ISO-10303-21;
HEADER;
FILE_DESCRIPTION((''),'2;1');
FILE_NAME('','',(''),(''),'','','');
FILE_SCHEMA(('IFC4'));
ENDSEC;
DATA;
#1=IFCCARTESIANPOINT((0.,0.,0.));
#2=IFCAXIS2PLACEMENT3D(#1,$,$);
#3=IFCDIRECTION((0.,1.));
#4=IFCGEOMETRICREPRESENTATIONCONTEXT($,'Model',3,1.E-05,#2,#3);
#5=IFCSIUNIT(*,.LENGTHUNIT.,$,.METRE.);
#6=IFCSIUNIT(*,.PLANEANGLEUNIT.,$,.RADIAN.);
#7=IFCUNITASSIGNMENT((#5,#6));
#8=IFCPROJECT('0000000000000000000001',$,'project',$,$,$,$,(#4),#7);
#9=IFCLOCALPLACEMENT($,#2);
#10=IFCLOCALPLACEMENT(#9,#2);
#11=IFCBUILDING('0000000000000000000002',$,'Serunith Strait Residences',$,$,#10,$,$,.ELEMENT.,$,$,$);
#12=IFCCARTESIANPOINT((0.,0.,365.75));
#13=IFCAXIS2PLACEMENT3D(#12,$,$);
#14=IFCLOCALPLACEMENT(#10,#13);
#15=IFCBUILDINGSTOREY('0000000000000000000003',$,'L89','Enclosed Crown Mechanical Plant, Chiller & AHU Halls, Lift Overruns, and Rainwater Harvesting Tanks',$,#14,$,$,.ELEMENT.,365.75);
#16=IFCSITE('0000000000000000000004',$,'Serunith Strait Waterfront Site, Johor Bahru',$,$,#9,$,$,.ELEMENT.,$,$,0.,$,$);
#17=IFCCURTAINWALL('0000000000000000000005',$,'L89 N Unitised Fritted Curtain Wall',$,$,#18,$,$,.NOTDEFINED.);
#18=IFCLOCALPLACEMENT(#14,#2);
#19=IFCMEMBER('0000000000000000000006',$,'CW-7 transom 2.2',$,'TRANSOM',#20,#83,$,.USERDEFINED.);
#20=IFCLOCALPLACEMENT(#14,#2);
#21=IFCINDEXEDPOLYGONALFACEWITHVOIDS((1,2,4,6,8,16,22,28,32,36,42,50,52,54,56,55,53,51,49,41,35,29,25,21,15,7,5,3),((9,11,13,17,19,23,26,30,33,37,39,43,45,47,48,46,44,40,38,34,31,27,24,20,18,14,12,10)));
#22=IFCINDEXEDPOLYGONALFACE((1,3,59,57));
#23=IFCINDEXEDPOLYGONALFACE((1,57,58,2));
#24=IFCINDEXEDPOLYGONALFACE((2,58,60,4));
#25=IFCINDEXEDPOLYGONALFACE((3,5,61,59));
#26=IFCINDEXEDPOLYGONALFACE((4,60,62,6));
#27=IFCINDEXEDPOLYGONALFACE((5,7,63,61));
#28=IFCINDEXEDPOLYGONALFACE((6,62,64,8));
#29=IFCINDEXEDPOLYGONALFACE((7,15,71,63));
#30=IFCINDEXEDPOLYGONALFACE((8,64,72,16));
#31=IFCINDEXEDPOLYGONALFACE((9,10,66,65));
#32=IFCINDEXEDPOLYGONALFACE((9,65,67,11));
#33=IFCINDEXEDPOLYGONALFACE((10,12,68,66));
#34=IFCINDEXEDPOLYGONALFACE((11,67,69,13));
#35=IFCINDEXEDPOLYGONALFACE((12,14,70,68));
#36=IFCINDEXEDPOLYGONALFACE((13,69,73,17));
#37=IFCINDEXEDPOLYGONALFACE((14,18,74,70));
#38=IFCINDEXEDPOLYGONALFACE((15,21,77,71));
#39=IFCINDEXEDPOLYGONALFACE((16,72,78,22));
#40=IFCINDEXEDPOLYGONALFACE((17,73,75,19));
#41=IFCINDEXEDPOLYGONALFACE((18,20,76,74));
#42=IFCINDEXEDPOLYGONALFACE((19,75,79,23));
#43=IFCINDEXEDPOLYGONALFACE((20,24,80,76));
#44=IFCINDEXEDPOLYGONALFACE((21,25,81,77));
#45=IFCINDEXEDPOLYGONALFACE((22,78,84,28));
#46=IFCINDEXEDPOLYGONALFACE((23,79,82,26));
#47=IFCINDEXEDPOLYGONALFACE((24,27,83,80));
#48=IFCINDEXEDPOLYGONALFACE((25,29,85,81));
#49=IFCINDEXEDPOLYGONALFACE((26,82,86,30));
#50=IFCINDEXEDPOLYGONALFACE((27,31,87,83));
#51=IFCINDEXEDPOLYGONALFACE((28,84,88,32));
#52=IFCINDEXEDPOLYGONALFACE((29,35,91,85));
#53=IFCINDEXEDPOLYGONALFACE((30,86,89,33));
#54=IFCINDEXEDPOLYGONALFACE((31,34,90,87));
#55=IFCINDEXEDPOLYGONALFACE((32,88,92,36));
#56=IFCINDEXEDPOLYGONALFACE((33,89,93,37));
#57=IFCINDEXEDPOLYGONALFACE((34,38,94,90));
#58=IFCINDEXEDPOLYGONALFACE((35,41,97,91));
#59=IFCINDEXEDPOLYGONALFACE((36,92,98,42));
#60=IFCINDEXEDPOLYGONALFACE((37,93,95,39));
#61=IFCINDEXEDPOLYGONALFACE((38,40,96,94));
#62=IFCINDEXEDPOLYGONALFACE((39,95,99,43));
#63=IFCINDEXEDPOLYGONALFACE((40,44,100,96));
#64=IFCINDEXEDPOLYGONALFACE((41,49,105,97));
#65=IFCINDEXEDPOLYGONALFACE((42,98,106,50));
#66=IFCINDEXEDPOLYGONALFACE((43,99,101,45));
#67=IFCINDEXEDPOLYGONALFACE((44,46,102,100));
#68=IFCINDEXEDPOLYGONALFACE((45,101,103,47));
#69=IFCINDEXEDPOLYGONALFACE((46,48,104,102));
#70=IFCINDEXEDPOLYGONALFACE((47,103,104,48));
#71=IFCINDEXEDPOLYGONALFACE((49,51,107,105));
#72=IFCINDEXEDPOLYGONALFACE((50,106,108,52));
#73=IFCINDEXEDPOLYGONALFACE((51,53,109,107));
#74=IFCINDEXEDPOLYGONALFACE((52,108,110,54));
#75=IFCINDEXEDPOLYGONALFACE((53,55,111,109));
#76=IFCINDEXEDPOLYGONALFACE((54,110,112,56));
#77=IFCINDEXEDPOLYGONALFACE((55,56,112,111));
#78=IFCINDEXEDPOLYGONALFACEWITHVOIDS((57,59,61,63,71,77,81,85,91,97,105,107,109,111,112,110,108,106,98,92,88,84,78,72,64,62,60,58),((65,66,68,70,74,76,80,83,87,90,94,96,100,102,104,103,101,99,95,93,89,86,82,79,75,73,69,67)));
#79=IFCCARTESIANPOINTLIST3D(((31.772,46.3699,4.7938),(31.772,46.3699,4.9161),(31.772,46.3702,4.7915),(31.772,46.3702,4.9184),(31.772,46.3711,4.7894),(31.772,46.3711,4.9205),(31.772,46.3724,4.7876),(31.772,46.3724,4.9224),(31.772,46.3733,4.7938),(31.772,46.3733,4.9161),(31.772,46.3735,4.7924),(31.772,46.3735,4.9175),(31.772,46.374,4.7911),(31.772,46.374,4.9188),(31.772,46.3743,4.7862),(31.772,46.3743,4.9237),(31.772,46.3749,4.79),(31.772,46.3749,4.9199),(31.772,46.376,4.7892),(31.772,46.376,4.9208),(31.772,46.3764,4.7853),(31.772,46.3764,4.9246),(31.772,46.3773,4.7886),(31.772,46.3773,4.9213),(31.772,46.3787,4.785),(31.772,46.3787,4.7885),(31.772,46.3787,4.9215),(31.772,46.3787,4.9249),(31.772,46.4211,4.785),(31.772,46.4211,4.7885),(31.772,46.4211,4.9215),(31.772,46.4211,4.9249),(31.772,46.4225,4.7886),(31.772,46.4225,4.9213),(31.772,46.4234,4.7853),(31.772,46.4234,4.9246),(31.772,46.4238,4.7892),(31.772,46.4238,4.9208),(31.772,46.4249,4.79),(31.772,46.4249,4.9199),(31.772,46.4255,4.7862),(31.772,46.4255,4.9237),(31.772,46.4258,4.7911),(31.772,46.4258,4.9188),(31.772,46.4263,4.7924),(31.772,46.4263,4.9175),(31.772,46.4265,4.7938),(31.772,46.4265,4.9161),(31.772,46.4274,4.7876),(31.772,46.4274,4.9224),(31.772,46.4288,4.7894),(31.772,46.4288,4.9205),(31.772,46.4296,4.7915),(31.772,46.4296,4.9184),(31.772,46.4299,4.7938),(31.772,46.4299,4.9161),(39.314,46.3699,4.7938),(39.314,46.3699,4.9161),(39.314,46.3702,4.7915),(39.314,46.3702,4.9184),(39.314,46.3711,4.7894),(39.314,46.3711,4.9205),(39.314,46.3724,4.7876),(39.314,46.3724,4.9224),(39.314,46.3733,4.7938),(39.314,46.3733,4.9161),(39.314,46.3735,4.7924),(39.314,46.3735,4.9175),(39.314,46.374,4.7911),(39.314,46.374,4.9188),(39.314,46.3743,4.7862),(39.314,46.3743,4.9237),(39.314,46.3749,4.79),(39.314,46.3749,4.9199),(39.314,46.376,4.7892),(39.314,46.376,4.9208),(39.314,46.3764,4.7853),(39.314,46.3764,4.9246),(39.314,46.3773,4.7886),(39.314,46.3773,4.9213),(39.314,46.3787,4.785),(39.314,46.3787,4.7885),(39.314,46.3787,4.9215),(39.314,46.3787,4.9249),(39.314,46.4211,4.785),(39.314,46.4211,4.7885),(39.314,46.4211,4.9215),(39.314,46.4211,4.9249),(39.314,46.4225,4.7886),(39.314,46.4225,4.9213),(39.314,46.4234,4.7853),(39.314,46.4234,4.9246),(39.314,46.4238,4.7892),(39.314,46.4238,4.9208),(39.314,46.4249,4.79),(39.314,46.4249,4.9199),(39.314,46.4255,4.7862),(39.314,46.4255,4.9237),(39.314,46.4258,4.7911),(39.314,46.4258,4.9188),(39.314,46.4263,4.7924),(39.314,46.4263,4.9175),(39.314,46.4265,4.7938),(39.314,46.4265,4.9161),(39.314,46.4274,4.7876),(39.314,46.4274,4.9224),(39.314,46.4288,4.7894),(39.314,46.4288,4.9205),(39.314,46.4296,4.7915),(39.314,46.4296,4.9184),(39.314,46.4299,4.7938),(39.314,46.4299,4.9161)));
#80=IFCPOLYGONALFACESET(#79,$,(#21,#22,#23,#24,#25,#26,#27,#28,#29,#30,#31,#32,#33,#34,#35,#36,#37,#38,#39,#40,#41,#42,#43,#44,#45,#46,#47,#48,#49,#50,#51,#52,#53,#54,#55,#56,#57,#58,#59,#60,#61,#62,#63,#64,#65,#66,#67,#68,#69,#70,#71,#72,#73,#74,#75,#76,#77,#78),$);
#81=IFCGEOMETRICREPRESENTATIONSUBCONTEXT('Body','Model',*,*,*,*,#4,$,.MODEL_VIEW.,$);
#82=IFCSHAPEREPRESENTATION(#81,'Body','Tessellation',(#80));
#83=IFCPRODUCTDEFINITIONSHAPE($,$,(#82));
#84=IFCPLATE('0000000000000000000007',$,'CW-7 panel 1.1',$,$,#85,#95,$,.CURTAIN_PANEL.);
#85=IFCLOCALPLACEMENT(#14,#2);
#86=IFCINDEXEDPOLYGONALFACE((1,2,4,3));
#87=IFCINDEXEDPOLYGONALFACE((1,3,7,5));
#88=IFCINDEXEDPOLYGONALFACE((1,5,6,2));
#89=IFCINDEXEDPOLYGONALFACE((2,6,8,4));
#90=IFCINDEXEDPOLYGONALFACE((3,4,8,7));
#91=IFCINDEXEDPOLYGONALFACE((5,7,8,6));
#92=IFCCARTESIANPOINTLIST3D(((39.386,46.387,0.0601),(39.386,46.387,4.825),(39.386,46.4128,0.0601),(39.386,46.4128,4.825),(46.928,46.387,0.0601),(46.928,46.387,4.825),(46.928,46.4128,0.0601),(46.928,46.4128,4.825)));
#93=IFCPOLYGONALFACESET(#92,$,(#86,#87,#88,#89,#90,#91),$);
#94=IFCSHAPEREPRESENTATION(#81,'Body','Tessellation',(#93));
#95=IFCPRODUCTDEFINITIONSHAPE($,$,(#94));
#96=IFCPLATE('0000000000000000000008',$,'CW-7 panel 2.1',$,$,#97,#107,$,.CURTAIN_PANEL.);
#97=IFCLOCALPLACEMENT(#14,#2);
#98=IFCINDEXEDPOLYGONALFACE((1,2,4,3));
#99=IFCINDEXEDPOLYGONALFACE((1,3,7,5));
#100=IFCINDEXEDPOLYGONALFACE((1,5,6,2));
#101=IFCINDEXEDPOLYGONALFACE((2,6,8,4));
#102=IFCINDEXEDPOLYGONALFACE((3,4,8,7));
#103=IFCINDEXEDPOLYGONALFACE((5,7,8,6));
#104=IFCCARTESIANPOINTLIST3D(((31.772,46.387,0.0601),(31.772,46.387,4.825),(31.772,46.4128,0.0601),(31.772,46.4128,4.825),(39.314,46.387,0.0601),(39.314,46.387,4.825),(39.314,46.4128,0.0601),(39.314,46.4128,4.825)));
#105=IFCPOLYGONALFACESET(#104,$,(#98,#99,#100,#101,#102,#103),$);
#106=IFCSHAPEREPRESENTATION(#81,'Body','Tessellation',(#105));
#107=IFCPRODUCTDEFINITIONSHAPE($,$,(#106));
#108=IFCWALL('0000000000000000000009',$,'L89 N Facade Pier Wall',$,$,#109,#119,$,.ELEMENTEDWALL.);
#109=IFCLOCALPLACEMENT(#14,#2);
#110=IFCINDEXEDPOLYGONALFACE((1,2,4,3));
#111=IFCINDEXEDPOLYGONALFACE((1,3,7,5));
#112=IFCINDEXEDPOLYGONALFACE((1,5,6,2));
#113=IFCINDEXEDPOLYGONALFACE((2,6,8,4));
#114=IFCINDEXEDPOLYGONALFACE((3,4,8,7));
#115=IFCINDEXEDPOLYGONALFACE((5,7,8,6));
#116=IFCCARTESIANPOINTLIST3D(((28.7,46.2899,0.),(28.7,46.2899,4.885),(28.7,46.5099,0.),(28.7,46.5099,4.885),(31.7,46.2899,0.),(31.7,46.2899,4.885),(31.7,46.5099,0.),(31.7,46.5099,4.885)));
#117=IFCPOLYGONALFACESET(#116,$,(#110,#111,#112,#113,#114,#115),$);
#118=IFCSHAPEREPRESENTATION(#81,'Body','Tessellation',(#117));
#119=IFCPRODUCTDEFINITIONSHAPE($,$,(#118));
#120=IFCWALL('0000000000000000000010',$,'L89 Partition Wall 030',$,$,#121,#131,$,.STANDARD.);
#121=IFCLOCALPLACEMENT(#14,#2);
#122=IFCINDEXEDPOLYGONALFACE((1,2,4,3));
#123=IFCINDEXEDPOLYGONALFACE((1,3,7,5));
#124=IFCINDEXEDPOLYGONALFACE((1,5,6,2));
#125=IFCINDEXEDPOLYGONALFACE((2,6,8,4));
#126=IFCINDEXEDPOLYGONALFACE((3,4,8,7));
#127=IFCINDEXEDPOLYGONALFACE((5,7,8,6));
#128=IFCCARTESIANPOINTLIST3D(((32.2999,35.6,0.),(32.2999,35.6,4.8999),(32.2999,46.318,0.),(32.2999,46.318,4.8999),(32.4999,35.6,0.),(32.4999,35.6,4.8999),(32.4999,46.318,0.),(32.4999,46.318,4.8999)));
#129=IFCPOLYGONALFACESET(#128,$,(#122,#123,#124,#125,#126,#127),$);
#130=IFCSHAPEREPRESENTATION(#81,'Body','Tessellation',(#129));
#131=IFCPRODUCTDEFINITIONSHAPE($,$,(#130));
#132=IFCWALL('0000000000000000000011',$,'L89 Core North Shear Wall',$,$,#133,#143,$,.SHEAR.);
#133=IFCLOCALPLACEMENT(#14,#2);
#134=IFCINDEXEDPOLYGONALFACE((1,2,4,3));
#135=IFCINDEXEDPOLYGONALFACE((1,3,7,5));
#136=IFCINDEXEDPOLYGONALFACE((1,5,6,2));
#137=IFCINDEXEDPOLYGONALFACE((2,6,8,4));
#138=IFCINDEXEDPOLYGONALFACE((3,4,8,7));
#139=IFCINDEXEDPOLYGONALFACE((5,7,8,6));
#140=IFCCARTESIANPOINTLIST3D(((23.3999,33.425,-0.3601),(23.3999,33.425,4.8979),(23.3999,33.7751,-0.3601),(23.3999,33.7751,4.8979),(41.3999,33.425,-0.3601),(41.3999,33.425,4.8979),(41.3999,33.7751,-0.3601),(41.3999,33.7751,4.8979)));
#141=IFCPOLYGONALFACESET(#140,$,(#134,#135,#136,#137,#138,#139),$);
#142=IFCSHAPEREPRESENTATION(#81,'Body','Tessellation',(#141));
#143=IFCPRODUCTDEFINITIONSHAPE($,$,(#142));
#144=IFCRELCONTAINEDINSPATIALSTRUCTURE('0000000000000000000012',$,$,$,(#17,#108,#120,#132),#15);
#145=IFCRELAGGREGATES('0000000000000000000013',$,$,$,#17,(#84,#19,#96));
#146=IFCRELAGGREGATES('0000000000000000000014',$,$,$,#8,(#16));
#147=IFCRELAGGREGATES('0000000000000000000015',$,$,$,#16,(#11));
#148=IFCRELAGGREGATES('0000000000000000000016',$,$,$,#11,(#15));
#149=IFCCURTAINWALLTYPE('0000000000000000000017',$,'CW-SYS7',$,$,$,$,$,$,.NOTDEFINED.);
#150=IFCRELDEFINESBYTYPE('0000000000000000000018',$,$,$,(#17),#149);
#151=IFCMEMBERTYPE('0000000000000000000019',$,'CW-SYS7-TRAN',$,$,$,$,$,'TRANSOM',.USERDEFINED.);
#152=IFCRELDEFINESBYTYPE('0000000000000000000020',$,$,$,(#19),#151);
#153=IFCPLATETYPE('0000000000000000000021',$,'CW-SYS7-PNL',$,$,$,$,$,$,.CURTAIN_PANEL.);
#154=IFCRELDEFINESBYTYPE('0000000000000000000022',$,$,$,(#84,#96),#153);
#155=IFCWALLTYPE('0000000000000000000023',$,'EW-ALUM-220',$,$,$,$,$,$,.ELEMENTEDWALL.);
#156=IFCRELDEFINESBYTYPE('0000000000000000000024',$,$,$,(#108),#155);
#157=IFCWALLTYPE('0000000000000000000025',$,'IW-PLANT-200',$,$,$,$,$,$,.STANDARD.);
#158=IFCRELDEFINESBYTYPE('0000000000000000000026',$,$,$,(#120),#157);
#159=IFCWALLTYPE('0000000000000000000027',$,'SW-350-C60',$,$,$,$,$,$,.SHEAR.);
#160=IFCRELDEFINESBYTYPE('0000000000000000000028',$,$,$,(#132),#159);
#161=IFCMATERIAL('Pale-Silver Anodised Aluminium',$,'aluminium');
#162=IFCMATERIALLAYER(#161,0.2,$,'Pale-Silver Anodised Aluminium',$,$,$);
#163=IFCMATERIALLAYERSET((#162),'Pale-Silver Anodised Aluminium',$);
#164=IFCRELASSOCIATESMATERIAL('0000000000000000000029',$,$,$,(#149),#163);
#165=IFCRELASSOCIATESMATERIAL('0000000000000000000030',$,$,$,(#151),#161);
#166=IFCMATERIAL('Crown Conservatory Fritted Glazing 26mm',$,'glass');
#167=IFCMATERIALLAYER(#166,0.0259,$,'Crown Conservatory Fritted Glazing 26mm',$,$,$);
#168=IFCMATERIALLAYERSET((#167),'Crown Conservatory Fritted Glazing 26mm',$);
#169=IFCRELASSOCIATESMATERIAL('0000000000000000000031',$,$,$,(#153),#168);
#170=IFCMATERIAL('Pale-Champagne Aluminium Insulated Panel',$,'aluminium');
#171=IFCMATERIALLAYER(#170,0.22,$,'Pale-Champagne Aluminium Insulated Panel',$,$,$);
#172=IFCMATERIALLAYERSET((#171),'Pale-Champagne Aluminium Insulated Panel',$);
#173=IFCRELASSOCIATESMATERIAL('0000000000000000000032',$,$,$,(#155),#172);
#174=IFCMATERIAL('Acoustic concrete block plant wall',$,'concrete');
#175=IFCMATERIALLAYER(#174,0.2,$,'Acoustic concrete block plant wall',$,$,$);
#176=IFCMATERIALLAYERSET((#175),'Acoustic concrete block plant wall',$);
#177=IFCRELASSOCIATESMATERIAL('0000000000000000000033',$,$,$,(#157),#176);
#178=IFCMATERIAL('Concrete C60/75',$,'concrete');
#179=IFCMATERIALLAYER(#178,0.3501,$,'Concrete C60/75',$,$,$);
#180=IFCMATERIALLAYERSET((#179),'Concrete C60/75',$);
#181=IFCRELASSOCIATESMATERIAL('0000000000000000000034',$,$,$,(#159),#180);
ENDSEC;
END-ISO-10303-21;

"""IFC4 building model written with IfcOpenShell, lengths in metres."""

from ifc_helpers import new_model, si_unit, direction, frame, frame_2d, origin, origin_2d, place, context, subcontext, project, spatial, rectangle, hollow_rectangle, extrude, source, transform, mapped, material, layer, layer_set, material_profile, profile_set, type_object, element, aggregate, save


model = new_model("IFC4")

# Units and contexts
model_context = context("Model", 3, precision=1e-05, world=origin(), true_north=direction((0.0, 1.0)))
body_context = subcontext(model_context, "Body", "Model", "MODEL_VIEW")
ifc_project = project(units=[si_unit("LENGTHUNIT", "METRE"), si_unit("PLANEANGLEUNIT", "RADIAN")], contexts=[model_context])

# Site, building, storey
site_placement = place(None, origin())
site = spatial("IfcSite", under=ifc_project, at=site_placement, Name="Serunith Strait Waterfront Site, Johor Bahru", CompositionType="ELEMENT", RefElevation=0.0)
building_placement = place(site_placement, origin())
building = spatial("IfcBuilding", under=site, at=building_placement, Name="Serunith Strait Residences", CompositionType="ELEMENT")
storey_placement = place(building_placement, frame((0.0, 0.0, 365.75)))
storey = spatial("IfcBuildingStorey", under=building, at=storey_placement, Name="L89", Description="Enclosed Crown Mechanical Plant, Chiller & AHU Halls, Lift Overruns, and Rainwater Harvesting Tanks", CompositionType="ELEMENT", Elevation=365.75)

# Shared definitions
ifc_material_1 = material(Name="Concrete C60/75", Category="concrete")

# Curtain wall, member, plates
ifc_material_2 = material(Name="Pale-Silver Anodised Aluminium", Category="aluminium")
ifc_layer_1 = layer(ifc_material_2, 0.2, Name="Pale-Silver Anodised Aluminium")
ifc_layer_set_1 = layer_set([ifc_layer_1], Name="Pale-Silver Anodised Aluminium")
curtain_wall_type = type_object("IfcCurtainWallType", Name="CW-SYS7", PredefinedType="NOTDEFINED", material=ifc_layer_set_1)
curtain_wall_placement = place(storey_placement, origin())
curtain_wall = element("IfcCurtainWall", 1, at=curtain_wall_placement, inside=storey, type_object=curtain_wall_type, Name="L89 N Unitised Fritted Curtain Wall", PredefinedType="NOTDEFINED")
ifc_material_profile_1 = material_profile(ifc_material_2, hollow_rectangle(XDim=0.0601, YDim=0.1399, WallThickness=0.0034, InnerFilletRadius=0.0054, OuterFilletRadius=0.0088, at=origin_2d()), Name="ALU 140x60x3.5")
ifc_profile_set_1 = profile_set([ifc_material_profile_1], Name="Pale-Silver Anodised Aluminium")
member_type_1 = type_object("IfcMemberType", Name="CW-SYS7-TRAN", ElementType="TRANSOM", PredefinedType="USERDEFINED", material=ifc_profile_set_1)
shared_shape_1 = source(origin(), body_context, "Body", "SweptSolid", [
    extrude(hollow_rectangle(XDim=0.0601, YDim=0.1399, WallThickness=0.0034, InnerFilletRadius=0.0054, OuterFilletRadius=0.0088, at=origin_2d()), origin(), (0.0, 0.0, 1.0), 7.542),
])
member_1_placement = place(storey_placement, frame((39.314, 46.3999, 4.855), z_axis=(-1.0, 0.0, 0.0), x_axis=(0.0, -1.0, 0.0)))
member_1 = element("IfcMember", 2, at=member_1_placement, type_object=member_type_1, Name="CW-7 transom 2.2", ObjectType="TRANSOM", PredefinedType="USERDEFINED", context=body_context, shape_type="MappedRepresentation", body=[
    mapped(shared_shape_1, transform((0.0, 0.0, 0.0), scale=1.0)),
])
ifc_material_3 = material(Name="Crown Conservatory Fritted Glazing 26mm", Category="glass")
ifc_layer_2 = layer(ifc_material_3, 0.0259, Name="Crown Conservatory Fritted Glazing 26mm")
ifc_layer_set_2 = layer_set([ifc_layer_2], Name="Crown Conservatory Fritted Glazing 26mm")
plate_type = type_object("IfcPlateType", Name="CW-SYS7-PNL", PredefinedType="CURTAIN_PANEL", material=ifc_layer_set_2)
shared_shape_2 = source(origin(), body_context, "Body", "SweptSolid", [
    extrude(rectangle(XDim=7.542, YDim=0.0259, at=origin_2d()), origin(), (0.0, 0.0, 1.0), 4.7649),
])
plate_1_placement = place(storey_placement, frame((43.157, 46.3999, 0.0601), z_axis=(0.0, 0.0, 1.0), x_axis=(-1.0, 0.0, 0.0)))
plate_1 = element("IfcPlate", 3, at=plate_1_placement, type_object=plate_type, Name="CW-7 panel 1.1", PredefinedType="CURTAIN_PANEL", context=body_context, shape_type="MappedRepresentation", body=[
    mapped(shared_shape_2, transform((0.0, 0.0, 0.0), scale=1.0)),
])
plate_2_placement = place(storey_placement, frame((35.543, 46.3999, 0.0601), z_axis=(0.0, 0.0, 1.0), x_axis=(-1.0, 0.0, 0.0)))
plate_2 = element("IfcPlate", 4, at=plate_2_placement, type_object=plate_type, Name="CW-7 panel 2.1", PredefinedType="CURTAIN_PANEL", context=body_context, shape_type="MappedRepresentation", body=[
    mapped(shared_shape_2, transform((0.0, 0.0, 0.0), scale=1.0)),
])
aggregate(curtain_wall, [plate_1, member_1, plate_2])

# Walls
ifc_material_4 = material(Name="Pale-Champagne Aluminium Insulated Panel", Category="aluminium")
ifc_layer_3 = layer(ifc_material_4, 0.22, Name="Pale-Champagne Aluminium Insulated Panel")
ifc_layer_set_3 = layer_set([ifc_layer_3], Name="Pale-Champagne Aluminium Insulated Panel")
wall_type_1 = type_object("IfcWallType", Name="EW-ALUM-220", PredefinedType="ELEMENTEDWALL", material=ifc_layer_set_3)
wall_1_placement = place(storey_placement, frame((31.7, 46.3999, 0.0), z_axis=(0.0, 0.0, 1.0), x_axis=(-1.0, 0.0, 0.0)))
element("IfcWall", 5, at=wall_1_placement, inside=storey, type_object=wall_type_1, Name="L89 N Facade Pier Wall", PredefinedType="ELEMENTEDWALL", context=body_context, shape_type="SweptSolid", body=[
    extrude(rectangle(XDim=3.0, YDim=0.22, at=frame_2d((1.5, 0.0))), origin(), (0.0, 0.0, 1.0), 4.885),
])
ifc_material_5 = material(Name="Acoustic concrete block plant wall", Category="concrete")
ifc_layer_4 = layer(ifc_material_5, 0.2, Name="Acoustic concrete block plant wall")
ifc_layer_set_4 = layer_set([ifc_layer_4], Name="Acoustic concrete block plant wall")
wall_type_2 = type_object("IfcWallType", Name="IW-PLANT-200", PredefinedType="STANDARD", material=ifc_layer_set_4)
wall_2_placement = place(storey_placement, frame((32.3999, 35.6001, 0.0), z_axis=(0.0, 0.0, 1.0), x_axis=(0.0, 1.0, 0.0)))
element("IfcWall", 6, at=wall_2_placement, inside=storey, type_object=wall_type_2, Name="L89 Partition Wall 030", PredefinedType="STANDARD", context=body_context, shape_type="SweptSolid", body=[
    extrude(rectangle(XDim=10.718, YDim=0.2, at=frame_2d((5.3589, 0.0))), origin(), (0.0, 0.0, 1.0), 4.8999),
])
ifc_layer_5 = layer(ifc_material_1, 0.3501, Name="Concrete C60/75")
ifc_layer_set_5 = layer_set([ifc_layer_5], Name="Concrete C60/75")
wall_type_3 = type_object("IfcWallType", Name="SW-350-C60", PredefinedType="SHEAR", material=ifc_layer_set_5)
wall_3_placement = place(storey_placement, frame((41.3999, 33.6001, -0.3601), z_axis=(0.0, 0.0, 1.0), x_axis=(-1.0, 0.0, 0.0)))
element("IfcWall", 7, at=wall_3_placement, inside=storey, type_object=wall_type_3, Name="L89 Core North Shear Wall", PredefinedType="SHEAR", context=body_context, shape_type="SweptSolid", body=[
    extrude(rectangle(XDim=18.0, YDim=0.3501, at=frame_2d((9.0, 0.0))), origin(), (0.0, 0.0, 1.0), 5.2581),
])

save(model, "model.ifc")
